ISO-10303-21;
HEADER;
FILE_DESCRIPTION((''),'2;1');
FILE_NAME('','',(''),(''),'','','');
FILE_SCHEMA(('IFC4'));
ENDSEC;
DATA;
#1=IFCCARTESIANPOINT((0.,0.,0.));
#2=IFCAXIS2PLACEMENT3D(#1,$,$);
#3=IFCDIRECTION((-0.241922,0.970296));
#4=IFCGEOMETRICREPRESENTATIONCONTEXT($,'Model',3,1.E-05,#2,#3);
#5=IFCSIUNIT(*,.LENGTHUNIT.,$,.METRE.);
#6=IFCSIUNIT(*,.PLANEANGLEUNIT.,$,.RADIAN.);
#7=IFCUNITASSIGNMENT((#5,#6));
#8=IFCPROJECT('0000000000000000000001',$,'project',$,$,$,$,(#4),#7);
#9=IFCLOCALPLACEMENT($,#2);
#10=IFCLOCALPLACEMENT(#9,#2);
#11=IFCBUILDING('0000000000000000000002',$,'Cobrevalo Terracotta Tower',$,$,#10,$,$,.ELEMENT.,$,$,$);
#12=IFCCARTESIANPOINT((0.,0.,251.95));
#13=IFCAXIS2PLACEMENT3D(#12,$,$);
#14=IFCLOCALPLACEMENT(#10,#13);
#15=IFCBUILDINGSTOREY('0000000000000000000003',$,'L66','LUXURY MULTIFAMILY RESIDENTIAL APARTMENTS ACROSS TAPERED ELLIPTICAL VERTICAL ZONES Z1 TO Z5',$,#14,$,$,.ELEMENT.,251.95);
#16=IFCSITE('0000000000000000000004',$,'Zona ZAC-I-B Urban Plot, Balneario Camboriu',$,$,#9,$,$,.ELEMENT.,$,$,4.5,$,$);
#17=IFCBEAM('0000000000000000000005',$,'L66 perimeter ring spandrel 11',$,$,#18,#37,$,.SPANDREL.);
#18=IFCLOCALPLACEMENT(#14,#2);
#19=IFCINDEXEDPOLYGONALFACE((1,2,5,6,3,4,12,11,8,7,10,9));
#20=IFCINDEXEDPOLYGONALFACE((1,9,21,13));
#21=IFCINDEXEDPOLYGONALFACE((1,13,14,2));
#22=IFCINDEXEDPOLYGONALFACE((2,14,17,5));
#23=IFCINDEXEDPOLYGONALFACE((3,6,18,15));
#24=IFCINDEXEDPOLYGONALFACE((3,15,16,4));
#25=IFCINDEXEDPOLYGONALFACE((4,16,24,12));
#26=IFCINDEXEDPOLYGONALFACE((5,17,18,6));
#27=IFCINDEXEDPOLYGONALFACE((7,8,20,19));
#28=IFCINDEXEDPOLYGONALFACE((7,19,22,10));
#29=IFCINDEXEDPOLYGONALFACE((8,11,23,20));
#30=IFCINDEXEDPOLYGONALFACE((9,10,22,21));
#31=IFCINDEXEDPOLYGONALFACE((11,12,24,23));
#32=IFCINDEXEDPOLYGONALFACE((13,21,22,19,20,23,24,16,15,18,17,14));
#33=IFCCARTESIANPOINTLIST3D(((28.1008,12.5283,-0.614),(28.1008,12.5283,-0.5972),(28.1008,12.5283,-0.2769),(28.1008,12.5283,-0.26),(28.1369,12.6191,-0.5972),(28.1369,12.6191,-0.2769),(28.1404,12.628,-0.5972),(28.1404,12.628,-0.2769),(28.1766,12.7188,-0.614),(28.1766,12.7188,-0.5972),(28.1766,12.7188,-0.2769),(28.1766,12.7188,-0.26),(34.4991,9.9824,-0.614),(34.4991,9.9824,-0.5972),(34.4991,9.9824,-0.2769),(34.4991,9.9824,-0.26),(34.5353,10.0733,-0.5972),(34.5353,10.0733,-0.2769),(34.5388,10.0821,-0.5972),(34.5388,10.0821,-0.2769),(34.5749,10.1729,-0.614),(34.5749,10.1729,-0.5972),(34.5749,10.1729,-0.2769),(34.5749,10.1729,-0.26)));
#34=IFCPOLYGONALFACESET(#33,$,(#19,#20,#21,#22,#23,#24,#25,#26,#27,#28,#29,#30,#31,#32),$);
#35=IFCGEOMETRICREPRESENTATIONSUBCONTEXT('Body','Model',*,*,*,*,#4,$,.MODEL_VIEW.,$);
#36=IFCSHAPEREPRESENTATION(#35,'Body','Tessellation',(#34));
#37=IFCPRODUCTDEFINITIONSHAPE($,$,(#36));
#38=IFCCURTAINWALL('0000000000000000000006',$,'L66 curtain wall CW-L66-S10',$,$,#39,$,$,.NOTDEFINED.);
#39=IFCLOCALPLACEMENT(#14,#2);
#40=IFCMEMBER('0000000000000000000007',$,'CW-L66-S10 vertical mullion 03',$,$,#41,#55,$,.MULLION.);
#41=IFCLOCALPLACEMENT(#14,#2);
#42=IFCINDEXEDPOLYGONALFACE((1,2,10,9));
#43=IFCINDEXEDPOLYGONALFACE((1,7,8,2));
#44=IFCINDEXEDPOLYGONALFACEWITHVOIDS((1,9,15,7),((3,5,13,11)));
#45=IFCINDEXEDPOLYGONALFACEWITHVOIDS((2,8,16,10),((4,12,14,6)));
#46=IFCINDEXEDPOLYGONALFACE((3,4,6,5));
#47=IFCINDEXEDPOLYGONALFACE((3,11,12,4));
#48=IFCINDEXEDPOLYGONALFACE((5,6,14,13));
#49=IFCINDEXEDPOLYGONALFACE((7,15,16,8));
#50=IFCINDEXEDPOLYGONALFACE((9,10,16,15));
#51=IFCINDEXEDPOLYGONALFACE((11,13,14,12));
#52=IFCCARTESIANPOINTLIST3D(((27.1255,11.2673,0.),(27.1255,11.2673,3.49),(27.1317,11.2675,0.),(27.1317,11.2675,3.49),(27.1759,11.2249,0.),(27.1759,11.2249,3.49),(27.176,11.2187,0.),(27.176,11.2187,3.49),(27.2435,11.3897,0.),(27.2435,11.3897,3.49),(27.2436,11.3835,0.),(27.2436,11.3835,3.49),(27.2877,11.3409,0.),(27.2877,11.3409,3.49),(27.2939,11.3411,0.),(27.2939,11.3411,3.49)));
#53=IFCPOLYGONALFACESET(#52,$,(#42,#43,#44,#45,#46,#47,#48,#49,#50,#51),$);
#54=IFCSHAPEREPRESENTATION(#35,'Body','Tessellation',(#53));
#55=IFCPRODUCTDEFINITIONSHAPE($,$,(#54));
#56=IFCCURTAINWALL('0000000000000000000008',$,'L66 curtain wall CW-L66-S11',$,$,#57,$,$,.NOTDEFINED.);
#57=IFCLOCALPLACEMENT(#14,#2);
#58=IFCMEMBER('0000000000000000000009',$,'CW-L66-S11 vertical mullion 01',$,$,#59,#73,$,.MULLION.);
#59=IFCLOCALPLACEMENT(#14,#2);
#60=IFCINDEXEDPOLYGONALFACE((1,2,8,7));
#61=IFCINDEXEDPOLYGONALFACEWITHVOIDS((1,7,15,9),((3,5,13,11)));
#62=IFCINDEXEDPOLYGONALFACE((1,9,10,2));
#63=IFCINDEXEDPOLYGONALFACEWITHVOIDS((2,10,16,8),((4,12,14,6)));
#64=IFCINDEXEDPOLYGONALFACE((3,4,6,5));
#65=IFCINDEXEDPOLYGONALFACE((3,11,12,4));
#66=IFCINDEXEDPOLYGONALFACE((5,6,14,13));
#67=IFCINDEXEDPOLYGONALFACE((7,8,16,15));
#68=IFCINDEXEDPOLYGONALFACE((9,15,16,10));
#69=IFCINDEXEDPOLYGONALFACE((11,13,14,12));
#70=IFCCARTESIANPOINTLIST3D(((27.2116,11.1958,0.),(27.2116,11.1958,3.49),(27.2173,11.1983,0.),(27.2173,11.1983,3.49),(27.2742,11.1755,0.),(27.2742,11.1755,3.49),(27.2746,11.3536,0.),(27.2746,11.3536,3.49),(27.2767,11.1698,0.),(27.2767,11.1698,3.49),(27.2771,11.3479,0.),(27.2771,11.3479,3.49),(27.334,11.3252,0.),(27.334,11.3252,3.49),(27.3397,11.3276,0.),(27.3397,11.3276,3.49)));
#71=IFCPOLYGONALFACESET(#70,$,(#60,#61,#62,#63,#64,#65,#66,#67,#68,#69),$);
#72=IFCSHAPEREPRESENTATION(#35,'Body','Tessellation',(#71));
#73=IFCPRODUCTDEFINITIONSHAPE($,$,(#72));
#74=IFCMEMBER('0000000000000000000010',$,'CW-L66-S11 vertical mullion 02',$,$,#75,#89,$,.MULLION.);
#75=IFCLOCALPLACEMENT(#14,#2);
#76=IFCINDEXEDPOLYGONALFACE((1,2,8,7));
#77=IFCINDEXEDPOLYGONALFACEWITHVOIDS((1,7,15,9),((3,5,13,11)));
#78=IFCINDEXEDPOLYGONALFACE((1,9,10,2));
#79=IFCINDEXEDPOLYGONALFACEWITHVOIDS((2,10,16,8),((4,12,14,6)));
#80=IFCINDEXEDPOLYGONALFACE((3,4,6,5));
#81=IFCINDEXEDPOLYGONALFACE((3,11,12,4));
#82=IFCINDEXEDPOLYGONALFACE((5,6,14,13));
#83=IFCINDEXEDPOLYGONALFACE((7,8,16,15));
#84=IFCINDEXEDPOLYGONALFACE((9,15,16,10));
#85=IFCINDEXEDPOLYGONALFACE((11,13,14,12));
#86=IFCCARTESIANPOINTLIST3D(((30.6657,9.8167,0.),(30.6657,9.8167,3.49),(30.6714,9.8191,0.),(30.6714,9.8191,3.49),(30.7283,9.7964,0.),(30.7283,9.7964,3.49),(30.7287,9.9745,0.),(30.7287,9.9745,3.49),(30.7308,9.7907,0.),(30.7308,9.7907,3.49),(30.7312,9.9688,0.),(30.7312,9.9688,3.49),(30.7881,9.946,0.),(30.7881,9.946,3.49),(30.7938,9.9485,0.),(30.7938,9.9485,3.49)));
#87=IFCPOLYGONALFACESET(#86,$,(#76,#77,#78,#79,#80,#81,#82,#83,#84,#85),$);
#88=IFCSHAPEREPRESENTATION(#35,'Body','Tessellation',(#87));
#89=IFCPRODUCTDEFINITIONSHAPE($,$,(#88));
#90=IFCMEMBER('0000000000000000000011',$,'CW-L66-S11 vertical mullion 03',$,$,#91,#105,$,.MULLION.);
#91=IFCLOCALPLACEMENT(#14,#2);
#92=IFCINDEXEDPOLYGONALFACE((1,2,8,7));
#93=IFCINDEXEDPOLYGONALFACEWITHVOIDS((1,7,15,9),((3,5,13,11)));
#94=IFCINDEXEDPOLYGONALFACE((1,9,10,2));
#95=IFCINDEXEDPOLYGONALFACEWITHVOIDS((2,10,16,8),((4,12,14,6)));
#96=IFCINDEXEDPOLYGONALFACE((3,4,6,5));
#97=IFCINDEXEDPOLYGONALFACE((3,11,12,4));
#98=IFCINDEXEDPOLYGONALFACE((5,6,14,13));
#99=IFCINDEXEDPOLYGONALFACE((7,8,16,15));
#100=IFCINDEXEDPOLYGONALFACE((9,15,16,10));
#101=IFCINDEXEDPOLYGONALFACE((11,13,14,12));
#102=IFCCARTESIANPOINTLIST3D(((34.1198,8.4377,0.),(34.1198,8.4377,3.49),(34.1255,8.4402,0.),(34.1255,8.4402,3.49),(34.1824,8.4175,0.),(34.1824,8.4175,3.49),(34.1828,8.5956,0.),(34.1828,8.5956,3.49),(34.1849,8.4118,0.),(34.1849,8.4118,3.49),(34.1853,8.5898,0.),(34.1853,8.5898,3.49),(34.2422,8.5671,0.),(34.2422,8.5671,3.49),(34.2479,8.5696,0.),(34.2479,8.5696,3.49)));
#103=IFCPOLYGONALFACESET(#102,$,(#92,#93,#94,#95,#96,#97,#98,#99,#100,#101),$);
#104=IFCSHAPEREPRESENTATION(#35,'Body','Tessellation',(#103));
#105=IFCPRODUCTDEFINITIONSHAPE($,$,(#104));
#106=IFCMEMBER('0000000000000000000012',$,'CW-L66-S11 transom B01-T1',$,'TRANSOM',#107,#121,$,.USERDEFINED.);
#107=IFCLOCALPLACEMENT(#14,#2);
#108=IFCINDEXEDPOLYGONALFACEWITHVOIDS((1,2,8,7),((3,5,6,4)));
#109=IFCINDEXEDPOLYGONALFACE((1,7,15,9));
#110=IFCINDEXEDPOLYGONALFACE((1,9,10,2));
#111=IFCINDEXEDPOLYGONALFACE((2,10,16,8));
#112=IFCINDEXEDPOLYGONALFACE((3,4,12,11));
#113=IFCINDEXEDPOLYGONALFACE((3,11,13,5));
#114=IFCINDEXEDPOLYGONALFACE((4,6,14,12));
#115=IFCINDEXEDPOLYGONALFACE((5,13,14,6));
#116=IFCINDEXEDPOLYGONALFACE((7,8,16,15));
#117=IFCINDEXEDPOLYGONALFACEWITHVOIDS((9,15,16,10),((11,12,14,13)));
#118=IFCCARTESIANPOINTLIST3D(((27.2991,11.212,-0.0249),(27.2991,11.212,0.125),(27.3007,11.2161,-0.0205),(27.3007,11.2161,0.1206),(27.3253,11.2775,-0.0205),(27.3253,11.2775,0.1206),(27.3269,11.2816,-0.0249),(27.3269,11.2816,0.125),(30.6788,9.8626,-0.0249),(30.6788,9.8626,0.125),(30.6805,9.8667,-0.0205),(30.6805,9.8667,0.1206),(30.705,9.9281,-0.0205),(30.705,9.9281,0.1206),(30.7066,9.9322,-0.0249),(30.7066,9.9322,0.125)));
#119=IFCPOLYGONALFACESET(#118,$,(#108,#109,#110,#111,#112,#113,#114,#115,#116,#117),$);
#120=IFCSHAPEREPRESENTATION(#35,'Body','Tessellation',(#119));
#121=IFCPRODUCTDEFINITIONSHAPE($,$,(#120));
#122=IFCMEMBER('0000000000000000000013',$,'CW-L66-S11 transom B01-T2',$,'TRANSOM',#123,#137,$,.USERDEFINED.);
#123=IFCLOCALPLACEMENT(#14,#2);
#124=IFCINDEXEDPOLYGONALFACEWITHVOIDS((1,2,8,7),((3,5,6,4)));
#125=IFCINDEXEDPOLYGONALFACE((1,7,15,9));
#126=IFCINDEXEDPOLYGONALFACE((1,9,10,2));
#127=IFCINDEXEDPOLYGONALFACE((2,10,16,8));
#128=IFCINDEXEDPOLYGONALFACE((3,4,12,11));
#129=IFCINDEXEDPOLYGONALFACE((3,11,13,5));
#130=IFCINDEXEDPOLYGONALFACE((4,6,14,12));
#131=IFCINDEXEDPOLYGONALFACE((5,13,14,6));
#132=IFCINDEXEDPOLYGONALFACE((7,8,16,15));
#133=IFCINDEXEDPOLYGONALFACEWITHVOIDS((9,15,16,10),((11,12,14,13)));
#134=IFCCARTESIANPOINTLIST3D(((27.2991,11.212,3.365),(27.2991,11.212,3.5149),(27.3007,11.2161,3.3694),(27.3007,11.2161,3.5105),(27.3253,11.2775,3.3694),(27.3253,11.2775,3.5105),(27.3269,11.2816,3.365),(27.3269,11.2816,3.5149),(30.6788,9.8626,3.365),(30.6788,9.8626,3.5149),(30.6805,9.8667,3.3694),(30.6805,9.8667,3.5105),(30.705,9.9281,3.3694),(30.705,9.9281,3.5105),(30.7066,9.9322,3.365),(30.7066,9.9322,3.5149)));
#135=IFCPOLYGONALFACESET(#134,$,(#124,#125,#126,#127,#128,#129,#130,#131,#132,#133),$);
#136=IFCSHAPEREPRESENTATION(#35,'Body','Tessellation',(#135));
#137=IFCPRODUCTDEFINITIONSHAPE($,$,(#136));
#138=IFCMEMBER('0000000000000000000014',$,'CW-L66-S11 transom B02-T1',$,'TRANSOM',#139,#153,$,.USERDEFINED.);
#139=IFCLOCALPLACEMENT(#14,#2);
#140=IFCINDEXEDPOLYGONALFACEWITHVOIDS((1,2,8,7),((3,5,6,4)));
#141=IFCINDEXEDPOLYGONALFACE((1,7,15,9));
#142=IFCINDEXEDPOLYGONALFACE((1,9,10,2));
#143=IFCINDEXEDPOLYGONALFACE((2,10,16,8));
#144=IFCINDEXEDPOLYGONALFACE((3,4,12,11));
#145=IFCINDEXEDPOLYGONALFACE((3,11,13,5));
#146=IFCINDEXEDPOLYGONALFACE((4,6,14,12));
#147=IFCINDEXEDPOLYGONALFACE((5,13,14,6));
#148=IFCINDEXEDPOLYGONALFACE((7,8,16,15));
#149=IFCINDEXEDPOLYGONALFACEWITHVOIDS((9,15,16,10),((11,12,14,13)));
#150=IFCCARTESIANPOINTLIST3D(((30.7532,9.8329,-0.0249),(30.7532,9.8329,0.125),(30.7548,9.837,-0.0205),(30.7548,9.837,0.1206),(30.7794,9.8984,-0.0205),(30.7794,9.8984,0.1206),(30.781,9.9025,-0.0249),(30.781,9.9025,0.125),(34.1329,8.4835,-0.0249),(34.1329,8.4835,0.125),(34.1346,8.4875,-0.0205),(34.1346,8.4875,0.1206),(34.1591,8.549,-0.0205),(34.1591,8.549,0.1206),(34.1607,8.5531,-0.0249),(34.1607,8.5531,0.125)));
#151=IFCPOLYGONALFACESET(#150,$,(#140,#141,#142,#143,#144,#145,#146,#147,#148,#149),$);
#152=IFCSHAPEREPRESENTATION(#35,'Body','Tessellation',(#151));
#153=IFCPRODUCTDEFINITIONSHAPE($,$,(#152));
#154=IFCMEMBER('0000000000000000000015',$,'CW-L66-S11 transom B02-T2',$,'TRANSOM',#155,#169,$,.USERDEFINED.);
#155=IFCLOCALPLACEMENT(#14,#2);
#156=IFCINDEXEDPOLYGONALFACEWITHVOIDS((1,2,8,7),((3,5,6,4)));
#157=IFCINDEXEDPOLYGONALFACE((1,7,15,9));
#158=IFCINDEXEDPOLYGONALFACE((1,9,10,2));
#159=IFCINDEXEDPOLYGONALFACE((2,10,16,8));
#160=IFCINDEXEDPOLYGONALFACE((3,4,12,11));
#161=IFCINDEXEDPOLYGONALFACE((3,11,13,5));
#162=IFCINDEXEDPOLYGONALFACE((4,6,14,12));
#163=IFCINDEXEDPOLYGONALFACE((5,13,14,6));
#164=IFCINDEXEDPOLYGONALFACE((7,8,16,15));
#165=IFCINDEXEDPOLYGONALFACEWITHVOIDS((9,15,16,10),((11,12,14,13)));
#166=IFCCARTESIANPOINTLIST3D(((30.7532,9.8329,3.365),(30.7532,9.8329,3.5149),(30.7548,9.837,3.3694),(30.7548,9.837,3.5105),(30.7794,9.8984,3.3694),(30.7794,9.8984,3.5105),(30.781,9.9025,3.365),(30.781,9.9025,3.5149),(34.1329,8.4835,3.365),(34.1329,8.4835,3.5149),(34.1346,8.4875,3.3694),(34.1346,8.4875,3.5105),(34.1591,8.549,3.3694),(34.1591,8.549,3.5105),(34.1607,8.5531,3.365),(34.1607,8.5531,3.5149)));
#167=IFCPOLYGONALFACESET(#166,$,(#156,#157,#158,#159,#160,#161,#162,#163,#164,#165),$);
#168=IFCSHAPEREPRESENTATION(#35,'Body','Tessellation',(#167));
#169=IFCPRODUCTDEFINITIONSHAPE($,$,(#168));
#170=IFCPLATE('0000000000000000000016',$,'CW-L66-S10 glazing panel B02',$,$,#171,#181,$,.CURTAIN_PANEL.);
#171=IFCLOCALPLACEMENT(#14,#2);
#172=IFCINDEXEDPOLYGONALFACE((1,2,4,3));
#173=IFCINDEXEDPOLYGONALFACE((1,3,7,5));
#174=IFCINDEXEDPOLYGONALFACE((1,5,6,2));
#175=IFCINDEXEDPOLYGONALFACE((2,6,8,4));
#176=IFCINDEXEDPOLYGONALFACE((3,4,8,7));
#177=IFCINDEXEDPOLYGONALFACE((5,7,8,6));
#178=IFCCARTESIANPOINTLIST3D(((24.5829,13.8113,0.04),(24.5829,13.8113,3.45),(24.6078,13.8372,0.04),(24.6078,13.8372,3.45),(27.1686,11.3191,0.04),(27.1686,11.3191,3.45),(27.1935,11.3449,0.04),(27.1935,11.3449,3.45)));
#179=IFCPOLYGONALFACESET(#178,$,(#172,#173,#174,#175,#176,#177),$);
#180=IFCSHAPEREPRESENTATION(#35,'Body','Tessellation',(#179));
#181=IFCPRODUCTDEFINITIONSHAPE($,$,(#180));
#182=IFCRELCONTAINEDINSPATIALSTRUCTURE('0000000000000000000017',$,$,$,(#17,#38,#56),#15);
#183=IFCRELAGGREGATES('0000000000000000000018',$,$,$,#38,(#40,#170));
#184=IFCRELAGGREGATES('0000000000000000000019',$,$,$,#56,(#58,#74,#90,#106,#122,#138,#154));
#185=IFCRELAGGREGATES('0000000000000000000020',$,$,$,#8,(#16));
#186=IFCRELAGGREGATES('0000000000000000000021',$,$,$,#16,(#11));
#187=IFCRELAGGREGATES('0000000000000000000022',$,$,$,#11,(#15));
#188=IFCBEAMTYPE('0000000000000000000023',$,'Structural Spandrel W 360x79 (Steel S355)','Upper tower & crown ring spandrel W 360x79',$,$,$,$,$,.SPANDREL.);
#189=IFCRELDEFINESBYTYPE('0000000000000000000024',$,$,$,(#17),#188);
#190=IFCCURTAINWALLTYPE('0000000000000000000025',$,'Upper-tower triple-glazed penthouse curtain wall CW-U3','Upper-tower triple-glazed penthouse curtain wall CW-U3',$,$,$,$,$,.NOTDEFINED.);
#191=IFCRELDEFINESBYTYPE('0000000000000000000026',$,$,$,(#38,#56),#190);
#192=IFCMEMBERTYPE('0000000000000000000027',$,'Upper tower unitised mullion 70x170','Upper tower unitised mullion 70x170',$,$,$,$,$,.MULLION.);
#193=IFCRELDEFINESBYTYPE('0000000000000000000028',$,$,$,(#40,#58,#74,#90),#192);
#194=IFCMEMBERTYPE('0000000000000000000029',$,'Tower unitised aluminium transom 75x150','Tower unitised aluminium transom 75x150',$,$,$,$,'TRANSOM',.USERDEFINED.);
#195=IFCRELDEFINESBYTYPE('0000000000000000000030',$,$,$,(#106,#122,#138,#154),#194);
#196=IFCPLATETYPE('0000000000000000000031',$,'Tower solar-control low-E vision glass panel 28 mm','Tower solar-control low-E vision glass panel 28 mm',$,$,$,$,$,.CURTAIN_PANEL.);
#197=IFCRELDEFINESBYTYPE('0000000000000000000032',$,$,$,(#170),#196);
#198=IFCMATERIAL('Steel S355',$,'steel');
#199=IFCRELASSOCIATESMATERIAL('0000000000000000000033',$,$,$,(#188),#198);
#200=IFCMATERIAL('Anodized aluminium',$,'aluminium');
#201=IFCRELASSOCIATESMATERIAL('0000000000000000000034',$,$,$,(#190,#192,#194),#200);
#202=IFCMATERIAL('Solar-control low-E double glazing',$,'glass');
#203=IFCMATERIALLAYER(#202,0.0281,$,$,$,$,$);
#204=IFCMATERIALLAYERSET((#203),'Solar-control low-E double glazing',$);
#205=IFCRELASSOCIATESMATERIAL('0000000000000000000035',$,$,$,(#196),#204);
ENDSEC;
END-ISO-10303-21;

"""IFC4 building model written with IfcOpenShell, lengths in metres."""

from ifc_helpers import new_model, si_unit, direction, frame, origin, origin_2d, place, context, subcontext, project, spatial, rectangle, hollow_rectangle, i_section, extrude, source, transform, mapped, material, layer, layer_set, material_profile, profile_set, type_object, element, aggregate, save


model = new_model("IFC4")

# Units and contexts
model_context = context("Model", 3, precision=1e-05, world=origin(), true_north=direction((-0.241922, 0.970296)))
body_context = subcontext(model_context, "Body", "Model", "MODEL_VIEW")
ifc_project = project(units=[si_unit("LENGTHUNIT", "METRE"), si_unit("PLANEANGLEUNIT", "RADIAN")], contexts=[model_context])

# Site, building, storey
site_placement = place(None, origin())
site = spatial("IfcSite", under=ifc_project, at=site_placement, Name="Zona ZAC-I-B Urban Plot, Balneario Camboriu", CompositionType="ELEMENT", RefElevation=4.5)
building_placement = place(site_placement, origin())
building = spatial("IfcBuilding", under=site, at=building_placement, Name="Cobrevalo Terracotta Tower", CompositionType="ELEMENT")
storey_placement = place(building_placement, frame((0.0, 0.0, 251.95)))
storey = spatial("IfcBuildingStorey", under=building, at=storey_placement, Name="L66", Description="LUXURY MULTIFAMILY RESIDENTIAL APARTMENTS ACROSS TAPERED ELLIPTICAL VERTICAL ZONES Z1 TO Z5", CompositionType="ELEMENT", Elevation=251.95)

# Shared definitions
ifc_material_1 = material(Name="Steel S355", Category="steel")

# Beam
ifc_material_profile_1 = material_profile(ifc_material_1, i_section(OverallWidth=0.2051, OverallDepth=0.354, WebThickness=0.0095, FlangeThickness=0.0168, at=origin_2d()), Name="W 360x79")
ifc_profile_set_1 = profile_set([ifc_material_profile_1], Name="Steel S355")
beam_type_1 = type_object("IfcBeamType", Name="Structural Spandrel W 360x79 (Steel S355)", Description="Upper tower & crown ring spandrel W 360x79", PredefinedType="SPANDREL", material=ifc_profile_set_1)
beam_1_placement = place(storey_placement, frame((28.1387, 12.6235, -0.437), z_axis=(0.92915, -0.369703, 0.0), x_axis=(0.369703, 0.92915, 0.0)))
element("IfcBeam", 1, at=beam_1_placement, inside=storey, type_object=beam_type_1, Name="L66 perimeter ring spandrel 11", PredefinedType="SPANDREL", context=body_context, shape_type="SweptSolid", body=[
    extrude(i_section(OverallWidth=0.2051, OverallDepth=0.354, WebThickness=0.0095, FlangeThickness=0.0168, at=origin_2d()), origin(), (0.0, 0.0, 1.0), 6.8862),
])

# Curtain wall, member
ifc_material_2 = material(Name="Anodized aluminium", Category="aluminium")
curtain_wall_type = type_object("IfcCurtainWallType", Name="Upper-tower triple-glazed penthouse curtain wall CW-U3", Description="Upper-tower triple-glazed penthouse curtain wall CW-U3", PredefinedType="NOTDEFINED", material=ifc_material_2)
curtain_wall_1_placement = place(storey_placement, origin())
curtain_wall_1 = element("IfcCurtainWall", 2, at=curtain_wall_1_placement, inside=storey, type_object=curtain_wall_type, Name="L66 curtain wall CW-L66-S10", PredefinedType="NOTDEFINED")
ifc_material_profile_2 = material_profile(ifc_material_2, hollow_rectangle(XDim=0.0701, YDim=0.1699, WallThickness=0.0044, at=origin_2d()), Name="CWM 70x170")
ifc_profile_set_2 = profile_set([ifc_material_profile_2], Name="Anodized aluminium")
member_type_1 = type_object("IfcMemberType", Name="Upper tower unitised mullion 70x170", Description="Upper tower unitised mullion 70x170", PredefinedType="MULLION", material=ifc_profile_set_2)
shared_shape_1 = source(origin(), body_context, "Body", "SweptSolid", [
    extrude(hollow_rectangle(XDim=0.0701, YDim=0.1699, WallThickness=0.0044, at=origin_2d()), origin(), (0.0, 0.0, 1.0), 3.49),
])
member_1_placement = place(storey_placement, frame((27.2097, 11.3042, 0.0), z_axis=(0.0, 0.0, 1.0), x_axis=(0.719994, -0.69398, 0.0)))
member_1 = element("IfcMember", 3, at=member_1_placement, type_object=member_type_1, Name="CW-L66-S10 vertical mullion 03", PredefinedType="MULLION", context=body_context, shape_type="MappedRepresentation", body=[
    mapped(shared_shape_1, transform((0.0, 0.0, 0.0), scale=1.0)),
])

# Curtain wall, members
curtain_wall_2_placement = place(storey_placement, origin())
curtain_wall_2 = element("IfcCurtainWall", 4, at=curtain_wall_2_placement, inside=storey, type_object=curtain_wall_type, Name="L66 curtain wall CW-L66-S11", PredefinedType="NOTDEFINED")
member_2_placement = place(storey_placement, frame((27.2756, 11.2617, 0.0), z_axis=(0.0, 0.0, 1.0), x_axis=(0.928719, -0.370784, 0.0)))
member_2 = element("IfcMember", 5, at=member_2_placement, type_object=member_type_1, Name="CW-L66-S11 vertical mullion 01", PredefinedType="MULLION", context=body_context, shape_type="MappedRepresentation", body=[
    mapped(shared_shape_1, transform((0.0, 0.0, 0.0), scale=1.0)),
])
member_3_placement = place(storey_placement, frame((30.7297, 9.8826, 0.0), z_axis=(0.0, 0.0, 1.0), x_axis=(0.928719, -0.370784, 0.0)))
member_3 = element("IfcMember", 6, at=member_3_placement, type_object=member_type_1, Name="CW-L66-S11 vertical mullion 02", PredefinedType="MULLION", context=body_context, shape_type="MappedRepresentation", body=[
    mapped(shared_shape_1, transform((0.0, 0.0, 0.0), scale=1.0)),
])
member_4_placement = place(storey_placement, frame((34.1838, 8.5037, 0.0), z_axis=(0.0, 0.0, 1.0), x_axis=(0.928719, -0.370784, 0.0)))
member_4 = element("IfcMember", 7, at=member_4_placement, type_object=member_type_1, Name="CW-L66-S11 vertical mullion 03", PredefinedType="MULLION", context=body_context, shape_type="MappedRepresentation", body=[
    mapped(shared_shape_1, transform((0.0, 0.0, 0.0), scale=1.0)),
])
ifc_material_profile_3 = material_profile(ifc_material_2, hollow_rectangle(XDim=0.075, YDim=0.1499, WallThickness=0.0044, at=origin_2d()), Name="CWT 75x150")
ifc_profile_set_3 = profile_set([ifc_material_profile_3], Name="Anodized aluminium")
member_type_2 = type_object("IfcMemberType", Name="Tower unitised aluminium transom 75x150", Description="Tower unitised aluminium transom 75x150", ElementType="TRANSOM", PredefinedType="USERDEFINED", material=ifc_profile_set_3)
shared_shape_2 = source(origin(), body_context, "Body", "SweptSolid", [
    extrude(hollow_rectangle(XDim=0.075, YDim=0.1499, WallThickness=0.0044, at=origin_2d()), origin(), (0.0, 0.0, 1.0), 3.6392),
])
member_5_placement = place(storey_placement, frame((27.313, 11.2468, 0.05), z_axis=(0.928712, -0.370801, 0.0), x_axis=(0.370801, 0.928712, 0.0)))
member_5 = element("IfcMember", 8, at=member_5_placement, type_object=member_type_2, Name="CW-L66-S11 transom B01-T1", ObjectType="TRANSOM", PredefinedType="USERDEFINED", context=body_context, shape_type="MappedRepresentation", body=[
    mapped(shared_shape_2, transform((0.0, 0.0, 0.0), scale=1.0)),
])
member_6_placement = place(storey_placement, frame((27.313, 11.2468, 3.4399), z_axis=(0.928712, -0.370801, 0.0), x_axis=(0.370801, 0.928712, 0.0)))
member_6 = element("IfcMember", 9, at=member_6_placement, type_object=member_type_2, Name="CW-L66-S11 transom B01-T2", ObjectType="TRANSOM", PredefinedType="USERDEFINED", context=body_context, shape_type="MappedRepresentation", body=[
    mapped(shared_shape_2, transform((0.0, 0.0, 0.0), scale=1.0)),
])
member_7_placement = place(storey_placement, frame((30.7671, 9.8677, 0.05), z_axis=(0.928712, -0.370801, 0.0), x_axis=(0.370801, 0.928712, 0.0)))
member_7 = element("IfcMember", 10, at=member_7_placement, type_object=member_type_2, Name="CW-L66-S11 transom B02-T1", ObjectType="TRANSOM", PredefinedType="USERDEFINED", context=body_context, shape_type="MappedRepresentation", body=[
    mapped(shared_shape_2, transform((0.0, 0.0, 0.0), scale=1.0)),
])
member_8_placement = place(storey_placement, frame((30.7671, 9.8677, 3.4399), z_axis=(0.928712, -0.370801, 0.0), x_axis=(0.370801, 0.928712, 0.0)))
member_8 = element("IfcMember", 11, at=member_8_placement, type_object=member_type_2, Name="CW-L66-S11 transom B02-T2", ObjectType="TRANSOM", PredefinedType="USERDEFINED", context=body_context, shape_type="MappedRepresentation", body=[
    mapped(shared_shape_2, transform((0.0, 0.0, 0.0), scale=1.0)),
])

# Plate
ifc_material_3 = material(Name="Solar-control low-E double glazing", Category="glass")
ifc_layer_1 = layer(ifc_material_3, 0.0281)
ifc_layer_set_1 = layer_set([ifc_layer_1], Name="Solar-control low-E double glazing")
plate_type = type_object("IfcPlateType", Name="Tower solar-control low-E vision glass panel 28 mm", Description="Tower solar-control low-E vision glass panel 28 mm", PredefinedType="CURTAIN_PANEL", material=ifc_layer_set_1)
shared_shape_3 = source(origin(), body_context, "Body", "SweptSolid", [
    extrude(rectangle(XDim=3.5913, YDim=0.0359, at=origin_2d()), origin(), (0.0, 0.0, 1.0), 3.4099),
])
plate_1_placement = place(storey_placement, frame((25.8882, 12.5781, 0.04), z_axis=(0.0, 0.0, 1.0), x_axis=(0.719997, -0.693978, 0.0)))
plate_1 = element("IfcPlate", 12, at=plate_1_placement, type_object=plate_type, Name="CW-L66-S10 glazing panel B02", PredefinedType="CURTAIN_PANEL", context=body_context, shape_type="MappedRepresentation", body=[
    mapped(shared_shape_3, transform((0.0, 0.0, 0.0), scale=1.0)),
])
aggregate(curtain_wall_1, [member_1, plate_1])
aggregate(curtain_wall_2, [member_2, member_3, member_4, member_5, member_6, member_7, member_8])

save(model, "model.ifc")
